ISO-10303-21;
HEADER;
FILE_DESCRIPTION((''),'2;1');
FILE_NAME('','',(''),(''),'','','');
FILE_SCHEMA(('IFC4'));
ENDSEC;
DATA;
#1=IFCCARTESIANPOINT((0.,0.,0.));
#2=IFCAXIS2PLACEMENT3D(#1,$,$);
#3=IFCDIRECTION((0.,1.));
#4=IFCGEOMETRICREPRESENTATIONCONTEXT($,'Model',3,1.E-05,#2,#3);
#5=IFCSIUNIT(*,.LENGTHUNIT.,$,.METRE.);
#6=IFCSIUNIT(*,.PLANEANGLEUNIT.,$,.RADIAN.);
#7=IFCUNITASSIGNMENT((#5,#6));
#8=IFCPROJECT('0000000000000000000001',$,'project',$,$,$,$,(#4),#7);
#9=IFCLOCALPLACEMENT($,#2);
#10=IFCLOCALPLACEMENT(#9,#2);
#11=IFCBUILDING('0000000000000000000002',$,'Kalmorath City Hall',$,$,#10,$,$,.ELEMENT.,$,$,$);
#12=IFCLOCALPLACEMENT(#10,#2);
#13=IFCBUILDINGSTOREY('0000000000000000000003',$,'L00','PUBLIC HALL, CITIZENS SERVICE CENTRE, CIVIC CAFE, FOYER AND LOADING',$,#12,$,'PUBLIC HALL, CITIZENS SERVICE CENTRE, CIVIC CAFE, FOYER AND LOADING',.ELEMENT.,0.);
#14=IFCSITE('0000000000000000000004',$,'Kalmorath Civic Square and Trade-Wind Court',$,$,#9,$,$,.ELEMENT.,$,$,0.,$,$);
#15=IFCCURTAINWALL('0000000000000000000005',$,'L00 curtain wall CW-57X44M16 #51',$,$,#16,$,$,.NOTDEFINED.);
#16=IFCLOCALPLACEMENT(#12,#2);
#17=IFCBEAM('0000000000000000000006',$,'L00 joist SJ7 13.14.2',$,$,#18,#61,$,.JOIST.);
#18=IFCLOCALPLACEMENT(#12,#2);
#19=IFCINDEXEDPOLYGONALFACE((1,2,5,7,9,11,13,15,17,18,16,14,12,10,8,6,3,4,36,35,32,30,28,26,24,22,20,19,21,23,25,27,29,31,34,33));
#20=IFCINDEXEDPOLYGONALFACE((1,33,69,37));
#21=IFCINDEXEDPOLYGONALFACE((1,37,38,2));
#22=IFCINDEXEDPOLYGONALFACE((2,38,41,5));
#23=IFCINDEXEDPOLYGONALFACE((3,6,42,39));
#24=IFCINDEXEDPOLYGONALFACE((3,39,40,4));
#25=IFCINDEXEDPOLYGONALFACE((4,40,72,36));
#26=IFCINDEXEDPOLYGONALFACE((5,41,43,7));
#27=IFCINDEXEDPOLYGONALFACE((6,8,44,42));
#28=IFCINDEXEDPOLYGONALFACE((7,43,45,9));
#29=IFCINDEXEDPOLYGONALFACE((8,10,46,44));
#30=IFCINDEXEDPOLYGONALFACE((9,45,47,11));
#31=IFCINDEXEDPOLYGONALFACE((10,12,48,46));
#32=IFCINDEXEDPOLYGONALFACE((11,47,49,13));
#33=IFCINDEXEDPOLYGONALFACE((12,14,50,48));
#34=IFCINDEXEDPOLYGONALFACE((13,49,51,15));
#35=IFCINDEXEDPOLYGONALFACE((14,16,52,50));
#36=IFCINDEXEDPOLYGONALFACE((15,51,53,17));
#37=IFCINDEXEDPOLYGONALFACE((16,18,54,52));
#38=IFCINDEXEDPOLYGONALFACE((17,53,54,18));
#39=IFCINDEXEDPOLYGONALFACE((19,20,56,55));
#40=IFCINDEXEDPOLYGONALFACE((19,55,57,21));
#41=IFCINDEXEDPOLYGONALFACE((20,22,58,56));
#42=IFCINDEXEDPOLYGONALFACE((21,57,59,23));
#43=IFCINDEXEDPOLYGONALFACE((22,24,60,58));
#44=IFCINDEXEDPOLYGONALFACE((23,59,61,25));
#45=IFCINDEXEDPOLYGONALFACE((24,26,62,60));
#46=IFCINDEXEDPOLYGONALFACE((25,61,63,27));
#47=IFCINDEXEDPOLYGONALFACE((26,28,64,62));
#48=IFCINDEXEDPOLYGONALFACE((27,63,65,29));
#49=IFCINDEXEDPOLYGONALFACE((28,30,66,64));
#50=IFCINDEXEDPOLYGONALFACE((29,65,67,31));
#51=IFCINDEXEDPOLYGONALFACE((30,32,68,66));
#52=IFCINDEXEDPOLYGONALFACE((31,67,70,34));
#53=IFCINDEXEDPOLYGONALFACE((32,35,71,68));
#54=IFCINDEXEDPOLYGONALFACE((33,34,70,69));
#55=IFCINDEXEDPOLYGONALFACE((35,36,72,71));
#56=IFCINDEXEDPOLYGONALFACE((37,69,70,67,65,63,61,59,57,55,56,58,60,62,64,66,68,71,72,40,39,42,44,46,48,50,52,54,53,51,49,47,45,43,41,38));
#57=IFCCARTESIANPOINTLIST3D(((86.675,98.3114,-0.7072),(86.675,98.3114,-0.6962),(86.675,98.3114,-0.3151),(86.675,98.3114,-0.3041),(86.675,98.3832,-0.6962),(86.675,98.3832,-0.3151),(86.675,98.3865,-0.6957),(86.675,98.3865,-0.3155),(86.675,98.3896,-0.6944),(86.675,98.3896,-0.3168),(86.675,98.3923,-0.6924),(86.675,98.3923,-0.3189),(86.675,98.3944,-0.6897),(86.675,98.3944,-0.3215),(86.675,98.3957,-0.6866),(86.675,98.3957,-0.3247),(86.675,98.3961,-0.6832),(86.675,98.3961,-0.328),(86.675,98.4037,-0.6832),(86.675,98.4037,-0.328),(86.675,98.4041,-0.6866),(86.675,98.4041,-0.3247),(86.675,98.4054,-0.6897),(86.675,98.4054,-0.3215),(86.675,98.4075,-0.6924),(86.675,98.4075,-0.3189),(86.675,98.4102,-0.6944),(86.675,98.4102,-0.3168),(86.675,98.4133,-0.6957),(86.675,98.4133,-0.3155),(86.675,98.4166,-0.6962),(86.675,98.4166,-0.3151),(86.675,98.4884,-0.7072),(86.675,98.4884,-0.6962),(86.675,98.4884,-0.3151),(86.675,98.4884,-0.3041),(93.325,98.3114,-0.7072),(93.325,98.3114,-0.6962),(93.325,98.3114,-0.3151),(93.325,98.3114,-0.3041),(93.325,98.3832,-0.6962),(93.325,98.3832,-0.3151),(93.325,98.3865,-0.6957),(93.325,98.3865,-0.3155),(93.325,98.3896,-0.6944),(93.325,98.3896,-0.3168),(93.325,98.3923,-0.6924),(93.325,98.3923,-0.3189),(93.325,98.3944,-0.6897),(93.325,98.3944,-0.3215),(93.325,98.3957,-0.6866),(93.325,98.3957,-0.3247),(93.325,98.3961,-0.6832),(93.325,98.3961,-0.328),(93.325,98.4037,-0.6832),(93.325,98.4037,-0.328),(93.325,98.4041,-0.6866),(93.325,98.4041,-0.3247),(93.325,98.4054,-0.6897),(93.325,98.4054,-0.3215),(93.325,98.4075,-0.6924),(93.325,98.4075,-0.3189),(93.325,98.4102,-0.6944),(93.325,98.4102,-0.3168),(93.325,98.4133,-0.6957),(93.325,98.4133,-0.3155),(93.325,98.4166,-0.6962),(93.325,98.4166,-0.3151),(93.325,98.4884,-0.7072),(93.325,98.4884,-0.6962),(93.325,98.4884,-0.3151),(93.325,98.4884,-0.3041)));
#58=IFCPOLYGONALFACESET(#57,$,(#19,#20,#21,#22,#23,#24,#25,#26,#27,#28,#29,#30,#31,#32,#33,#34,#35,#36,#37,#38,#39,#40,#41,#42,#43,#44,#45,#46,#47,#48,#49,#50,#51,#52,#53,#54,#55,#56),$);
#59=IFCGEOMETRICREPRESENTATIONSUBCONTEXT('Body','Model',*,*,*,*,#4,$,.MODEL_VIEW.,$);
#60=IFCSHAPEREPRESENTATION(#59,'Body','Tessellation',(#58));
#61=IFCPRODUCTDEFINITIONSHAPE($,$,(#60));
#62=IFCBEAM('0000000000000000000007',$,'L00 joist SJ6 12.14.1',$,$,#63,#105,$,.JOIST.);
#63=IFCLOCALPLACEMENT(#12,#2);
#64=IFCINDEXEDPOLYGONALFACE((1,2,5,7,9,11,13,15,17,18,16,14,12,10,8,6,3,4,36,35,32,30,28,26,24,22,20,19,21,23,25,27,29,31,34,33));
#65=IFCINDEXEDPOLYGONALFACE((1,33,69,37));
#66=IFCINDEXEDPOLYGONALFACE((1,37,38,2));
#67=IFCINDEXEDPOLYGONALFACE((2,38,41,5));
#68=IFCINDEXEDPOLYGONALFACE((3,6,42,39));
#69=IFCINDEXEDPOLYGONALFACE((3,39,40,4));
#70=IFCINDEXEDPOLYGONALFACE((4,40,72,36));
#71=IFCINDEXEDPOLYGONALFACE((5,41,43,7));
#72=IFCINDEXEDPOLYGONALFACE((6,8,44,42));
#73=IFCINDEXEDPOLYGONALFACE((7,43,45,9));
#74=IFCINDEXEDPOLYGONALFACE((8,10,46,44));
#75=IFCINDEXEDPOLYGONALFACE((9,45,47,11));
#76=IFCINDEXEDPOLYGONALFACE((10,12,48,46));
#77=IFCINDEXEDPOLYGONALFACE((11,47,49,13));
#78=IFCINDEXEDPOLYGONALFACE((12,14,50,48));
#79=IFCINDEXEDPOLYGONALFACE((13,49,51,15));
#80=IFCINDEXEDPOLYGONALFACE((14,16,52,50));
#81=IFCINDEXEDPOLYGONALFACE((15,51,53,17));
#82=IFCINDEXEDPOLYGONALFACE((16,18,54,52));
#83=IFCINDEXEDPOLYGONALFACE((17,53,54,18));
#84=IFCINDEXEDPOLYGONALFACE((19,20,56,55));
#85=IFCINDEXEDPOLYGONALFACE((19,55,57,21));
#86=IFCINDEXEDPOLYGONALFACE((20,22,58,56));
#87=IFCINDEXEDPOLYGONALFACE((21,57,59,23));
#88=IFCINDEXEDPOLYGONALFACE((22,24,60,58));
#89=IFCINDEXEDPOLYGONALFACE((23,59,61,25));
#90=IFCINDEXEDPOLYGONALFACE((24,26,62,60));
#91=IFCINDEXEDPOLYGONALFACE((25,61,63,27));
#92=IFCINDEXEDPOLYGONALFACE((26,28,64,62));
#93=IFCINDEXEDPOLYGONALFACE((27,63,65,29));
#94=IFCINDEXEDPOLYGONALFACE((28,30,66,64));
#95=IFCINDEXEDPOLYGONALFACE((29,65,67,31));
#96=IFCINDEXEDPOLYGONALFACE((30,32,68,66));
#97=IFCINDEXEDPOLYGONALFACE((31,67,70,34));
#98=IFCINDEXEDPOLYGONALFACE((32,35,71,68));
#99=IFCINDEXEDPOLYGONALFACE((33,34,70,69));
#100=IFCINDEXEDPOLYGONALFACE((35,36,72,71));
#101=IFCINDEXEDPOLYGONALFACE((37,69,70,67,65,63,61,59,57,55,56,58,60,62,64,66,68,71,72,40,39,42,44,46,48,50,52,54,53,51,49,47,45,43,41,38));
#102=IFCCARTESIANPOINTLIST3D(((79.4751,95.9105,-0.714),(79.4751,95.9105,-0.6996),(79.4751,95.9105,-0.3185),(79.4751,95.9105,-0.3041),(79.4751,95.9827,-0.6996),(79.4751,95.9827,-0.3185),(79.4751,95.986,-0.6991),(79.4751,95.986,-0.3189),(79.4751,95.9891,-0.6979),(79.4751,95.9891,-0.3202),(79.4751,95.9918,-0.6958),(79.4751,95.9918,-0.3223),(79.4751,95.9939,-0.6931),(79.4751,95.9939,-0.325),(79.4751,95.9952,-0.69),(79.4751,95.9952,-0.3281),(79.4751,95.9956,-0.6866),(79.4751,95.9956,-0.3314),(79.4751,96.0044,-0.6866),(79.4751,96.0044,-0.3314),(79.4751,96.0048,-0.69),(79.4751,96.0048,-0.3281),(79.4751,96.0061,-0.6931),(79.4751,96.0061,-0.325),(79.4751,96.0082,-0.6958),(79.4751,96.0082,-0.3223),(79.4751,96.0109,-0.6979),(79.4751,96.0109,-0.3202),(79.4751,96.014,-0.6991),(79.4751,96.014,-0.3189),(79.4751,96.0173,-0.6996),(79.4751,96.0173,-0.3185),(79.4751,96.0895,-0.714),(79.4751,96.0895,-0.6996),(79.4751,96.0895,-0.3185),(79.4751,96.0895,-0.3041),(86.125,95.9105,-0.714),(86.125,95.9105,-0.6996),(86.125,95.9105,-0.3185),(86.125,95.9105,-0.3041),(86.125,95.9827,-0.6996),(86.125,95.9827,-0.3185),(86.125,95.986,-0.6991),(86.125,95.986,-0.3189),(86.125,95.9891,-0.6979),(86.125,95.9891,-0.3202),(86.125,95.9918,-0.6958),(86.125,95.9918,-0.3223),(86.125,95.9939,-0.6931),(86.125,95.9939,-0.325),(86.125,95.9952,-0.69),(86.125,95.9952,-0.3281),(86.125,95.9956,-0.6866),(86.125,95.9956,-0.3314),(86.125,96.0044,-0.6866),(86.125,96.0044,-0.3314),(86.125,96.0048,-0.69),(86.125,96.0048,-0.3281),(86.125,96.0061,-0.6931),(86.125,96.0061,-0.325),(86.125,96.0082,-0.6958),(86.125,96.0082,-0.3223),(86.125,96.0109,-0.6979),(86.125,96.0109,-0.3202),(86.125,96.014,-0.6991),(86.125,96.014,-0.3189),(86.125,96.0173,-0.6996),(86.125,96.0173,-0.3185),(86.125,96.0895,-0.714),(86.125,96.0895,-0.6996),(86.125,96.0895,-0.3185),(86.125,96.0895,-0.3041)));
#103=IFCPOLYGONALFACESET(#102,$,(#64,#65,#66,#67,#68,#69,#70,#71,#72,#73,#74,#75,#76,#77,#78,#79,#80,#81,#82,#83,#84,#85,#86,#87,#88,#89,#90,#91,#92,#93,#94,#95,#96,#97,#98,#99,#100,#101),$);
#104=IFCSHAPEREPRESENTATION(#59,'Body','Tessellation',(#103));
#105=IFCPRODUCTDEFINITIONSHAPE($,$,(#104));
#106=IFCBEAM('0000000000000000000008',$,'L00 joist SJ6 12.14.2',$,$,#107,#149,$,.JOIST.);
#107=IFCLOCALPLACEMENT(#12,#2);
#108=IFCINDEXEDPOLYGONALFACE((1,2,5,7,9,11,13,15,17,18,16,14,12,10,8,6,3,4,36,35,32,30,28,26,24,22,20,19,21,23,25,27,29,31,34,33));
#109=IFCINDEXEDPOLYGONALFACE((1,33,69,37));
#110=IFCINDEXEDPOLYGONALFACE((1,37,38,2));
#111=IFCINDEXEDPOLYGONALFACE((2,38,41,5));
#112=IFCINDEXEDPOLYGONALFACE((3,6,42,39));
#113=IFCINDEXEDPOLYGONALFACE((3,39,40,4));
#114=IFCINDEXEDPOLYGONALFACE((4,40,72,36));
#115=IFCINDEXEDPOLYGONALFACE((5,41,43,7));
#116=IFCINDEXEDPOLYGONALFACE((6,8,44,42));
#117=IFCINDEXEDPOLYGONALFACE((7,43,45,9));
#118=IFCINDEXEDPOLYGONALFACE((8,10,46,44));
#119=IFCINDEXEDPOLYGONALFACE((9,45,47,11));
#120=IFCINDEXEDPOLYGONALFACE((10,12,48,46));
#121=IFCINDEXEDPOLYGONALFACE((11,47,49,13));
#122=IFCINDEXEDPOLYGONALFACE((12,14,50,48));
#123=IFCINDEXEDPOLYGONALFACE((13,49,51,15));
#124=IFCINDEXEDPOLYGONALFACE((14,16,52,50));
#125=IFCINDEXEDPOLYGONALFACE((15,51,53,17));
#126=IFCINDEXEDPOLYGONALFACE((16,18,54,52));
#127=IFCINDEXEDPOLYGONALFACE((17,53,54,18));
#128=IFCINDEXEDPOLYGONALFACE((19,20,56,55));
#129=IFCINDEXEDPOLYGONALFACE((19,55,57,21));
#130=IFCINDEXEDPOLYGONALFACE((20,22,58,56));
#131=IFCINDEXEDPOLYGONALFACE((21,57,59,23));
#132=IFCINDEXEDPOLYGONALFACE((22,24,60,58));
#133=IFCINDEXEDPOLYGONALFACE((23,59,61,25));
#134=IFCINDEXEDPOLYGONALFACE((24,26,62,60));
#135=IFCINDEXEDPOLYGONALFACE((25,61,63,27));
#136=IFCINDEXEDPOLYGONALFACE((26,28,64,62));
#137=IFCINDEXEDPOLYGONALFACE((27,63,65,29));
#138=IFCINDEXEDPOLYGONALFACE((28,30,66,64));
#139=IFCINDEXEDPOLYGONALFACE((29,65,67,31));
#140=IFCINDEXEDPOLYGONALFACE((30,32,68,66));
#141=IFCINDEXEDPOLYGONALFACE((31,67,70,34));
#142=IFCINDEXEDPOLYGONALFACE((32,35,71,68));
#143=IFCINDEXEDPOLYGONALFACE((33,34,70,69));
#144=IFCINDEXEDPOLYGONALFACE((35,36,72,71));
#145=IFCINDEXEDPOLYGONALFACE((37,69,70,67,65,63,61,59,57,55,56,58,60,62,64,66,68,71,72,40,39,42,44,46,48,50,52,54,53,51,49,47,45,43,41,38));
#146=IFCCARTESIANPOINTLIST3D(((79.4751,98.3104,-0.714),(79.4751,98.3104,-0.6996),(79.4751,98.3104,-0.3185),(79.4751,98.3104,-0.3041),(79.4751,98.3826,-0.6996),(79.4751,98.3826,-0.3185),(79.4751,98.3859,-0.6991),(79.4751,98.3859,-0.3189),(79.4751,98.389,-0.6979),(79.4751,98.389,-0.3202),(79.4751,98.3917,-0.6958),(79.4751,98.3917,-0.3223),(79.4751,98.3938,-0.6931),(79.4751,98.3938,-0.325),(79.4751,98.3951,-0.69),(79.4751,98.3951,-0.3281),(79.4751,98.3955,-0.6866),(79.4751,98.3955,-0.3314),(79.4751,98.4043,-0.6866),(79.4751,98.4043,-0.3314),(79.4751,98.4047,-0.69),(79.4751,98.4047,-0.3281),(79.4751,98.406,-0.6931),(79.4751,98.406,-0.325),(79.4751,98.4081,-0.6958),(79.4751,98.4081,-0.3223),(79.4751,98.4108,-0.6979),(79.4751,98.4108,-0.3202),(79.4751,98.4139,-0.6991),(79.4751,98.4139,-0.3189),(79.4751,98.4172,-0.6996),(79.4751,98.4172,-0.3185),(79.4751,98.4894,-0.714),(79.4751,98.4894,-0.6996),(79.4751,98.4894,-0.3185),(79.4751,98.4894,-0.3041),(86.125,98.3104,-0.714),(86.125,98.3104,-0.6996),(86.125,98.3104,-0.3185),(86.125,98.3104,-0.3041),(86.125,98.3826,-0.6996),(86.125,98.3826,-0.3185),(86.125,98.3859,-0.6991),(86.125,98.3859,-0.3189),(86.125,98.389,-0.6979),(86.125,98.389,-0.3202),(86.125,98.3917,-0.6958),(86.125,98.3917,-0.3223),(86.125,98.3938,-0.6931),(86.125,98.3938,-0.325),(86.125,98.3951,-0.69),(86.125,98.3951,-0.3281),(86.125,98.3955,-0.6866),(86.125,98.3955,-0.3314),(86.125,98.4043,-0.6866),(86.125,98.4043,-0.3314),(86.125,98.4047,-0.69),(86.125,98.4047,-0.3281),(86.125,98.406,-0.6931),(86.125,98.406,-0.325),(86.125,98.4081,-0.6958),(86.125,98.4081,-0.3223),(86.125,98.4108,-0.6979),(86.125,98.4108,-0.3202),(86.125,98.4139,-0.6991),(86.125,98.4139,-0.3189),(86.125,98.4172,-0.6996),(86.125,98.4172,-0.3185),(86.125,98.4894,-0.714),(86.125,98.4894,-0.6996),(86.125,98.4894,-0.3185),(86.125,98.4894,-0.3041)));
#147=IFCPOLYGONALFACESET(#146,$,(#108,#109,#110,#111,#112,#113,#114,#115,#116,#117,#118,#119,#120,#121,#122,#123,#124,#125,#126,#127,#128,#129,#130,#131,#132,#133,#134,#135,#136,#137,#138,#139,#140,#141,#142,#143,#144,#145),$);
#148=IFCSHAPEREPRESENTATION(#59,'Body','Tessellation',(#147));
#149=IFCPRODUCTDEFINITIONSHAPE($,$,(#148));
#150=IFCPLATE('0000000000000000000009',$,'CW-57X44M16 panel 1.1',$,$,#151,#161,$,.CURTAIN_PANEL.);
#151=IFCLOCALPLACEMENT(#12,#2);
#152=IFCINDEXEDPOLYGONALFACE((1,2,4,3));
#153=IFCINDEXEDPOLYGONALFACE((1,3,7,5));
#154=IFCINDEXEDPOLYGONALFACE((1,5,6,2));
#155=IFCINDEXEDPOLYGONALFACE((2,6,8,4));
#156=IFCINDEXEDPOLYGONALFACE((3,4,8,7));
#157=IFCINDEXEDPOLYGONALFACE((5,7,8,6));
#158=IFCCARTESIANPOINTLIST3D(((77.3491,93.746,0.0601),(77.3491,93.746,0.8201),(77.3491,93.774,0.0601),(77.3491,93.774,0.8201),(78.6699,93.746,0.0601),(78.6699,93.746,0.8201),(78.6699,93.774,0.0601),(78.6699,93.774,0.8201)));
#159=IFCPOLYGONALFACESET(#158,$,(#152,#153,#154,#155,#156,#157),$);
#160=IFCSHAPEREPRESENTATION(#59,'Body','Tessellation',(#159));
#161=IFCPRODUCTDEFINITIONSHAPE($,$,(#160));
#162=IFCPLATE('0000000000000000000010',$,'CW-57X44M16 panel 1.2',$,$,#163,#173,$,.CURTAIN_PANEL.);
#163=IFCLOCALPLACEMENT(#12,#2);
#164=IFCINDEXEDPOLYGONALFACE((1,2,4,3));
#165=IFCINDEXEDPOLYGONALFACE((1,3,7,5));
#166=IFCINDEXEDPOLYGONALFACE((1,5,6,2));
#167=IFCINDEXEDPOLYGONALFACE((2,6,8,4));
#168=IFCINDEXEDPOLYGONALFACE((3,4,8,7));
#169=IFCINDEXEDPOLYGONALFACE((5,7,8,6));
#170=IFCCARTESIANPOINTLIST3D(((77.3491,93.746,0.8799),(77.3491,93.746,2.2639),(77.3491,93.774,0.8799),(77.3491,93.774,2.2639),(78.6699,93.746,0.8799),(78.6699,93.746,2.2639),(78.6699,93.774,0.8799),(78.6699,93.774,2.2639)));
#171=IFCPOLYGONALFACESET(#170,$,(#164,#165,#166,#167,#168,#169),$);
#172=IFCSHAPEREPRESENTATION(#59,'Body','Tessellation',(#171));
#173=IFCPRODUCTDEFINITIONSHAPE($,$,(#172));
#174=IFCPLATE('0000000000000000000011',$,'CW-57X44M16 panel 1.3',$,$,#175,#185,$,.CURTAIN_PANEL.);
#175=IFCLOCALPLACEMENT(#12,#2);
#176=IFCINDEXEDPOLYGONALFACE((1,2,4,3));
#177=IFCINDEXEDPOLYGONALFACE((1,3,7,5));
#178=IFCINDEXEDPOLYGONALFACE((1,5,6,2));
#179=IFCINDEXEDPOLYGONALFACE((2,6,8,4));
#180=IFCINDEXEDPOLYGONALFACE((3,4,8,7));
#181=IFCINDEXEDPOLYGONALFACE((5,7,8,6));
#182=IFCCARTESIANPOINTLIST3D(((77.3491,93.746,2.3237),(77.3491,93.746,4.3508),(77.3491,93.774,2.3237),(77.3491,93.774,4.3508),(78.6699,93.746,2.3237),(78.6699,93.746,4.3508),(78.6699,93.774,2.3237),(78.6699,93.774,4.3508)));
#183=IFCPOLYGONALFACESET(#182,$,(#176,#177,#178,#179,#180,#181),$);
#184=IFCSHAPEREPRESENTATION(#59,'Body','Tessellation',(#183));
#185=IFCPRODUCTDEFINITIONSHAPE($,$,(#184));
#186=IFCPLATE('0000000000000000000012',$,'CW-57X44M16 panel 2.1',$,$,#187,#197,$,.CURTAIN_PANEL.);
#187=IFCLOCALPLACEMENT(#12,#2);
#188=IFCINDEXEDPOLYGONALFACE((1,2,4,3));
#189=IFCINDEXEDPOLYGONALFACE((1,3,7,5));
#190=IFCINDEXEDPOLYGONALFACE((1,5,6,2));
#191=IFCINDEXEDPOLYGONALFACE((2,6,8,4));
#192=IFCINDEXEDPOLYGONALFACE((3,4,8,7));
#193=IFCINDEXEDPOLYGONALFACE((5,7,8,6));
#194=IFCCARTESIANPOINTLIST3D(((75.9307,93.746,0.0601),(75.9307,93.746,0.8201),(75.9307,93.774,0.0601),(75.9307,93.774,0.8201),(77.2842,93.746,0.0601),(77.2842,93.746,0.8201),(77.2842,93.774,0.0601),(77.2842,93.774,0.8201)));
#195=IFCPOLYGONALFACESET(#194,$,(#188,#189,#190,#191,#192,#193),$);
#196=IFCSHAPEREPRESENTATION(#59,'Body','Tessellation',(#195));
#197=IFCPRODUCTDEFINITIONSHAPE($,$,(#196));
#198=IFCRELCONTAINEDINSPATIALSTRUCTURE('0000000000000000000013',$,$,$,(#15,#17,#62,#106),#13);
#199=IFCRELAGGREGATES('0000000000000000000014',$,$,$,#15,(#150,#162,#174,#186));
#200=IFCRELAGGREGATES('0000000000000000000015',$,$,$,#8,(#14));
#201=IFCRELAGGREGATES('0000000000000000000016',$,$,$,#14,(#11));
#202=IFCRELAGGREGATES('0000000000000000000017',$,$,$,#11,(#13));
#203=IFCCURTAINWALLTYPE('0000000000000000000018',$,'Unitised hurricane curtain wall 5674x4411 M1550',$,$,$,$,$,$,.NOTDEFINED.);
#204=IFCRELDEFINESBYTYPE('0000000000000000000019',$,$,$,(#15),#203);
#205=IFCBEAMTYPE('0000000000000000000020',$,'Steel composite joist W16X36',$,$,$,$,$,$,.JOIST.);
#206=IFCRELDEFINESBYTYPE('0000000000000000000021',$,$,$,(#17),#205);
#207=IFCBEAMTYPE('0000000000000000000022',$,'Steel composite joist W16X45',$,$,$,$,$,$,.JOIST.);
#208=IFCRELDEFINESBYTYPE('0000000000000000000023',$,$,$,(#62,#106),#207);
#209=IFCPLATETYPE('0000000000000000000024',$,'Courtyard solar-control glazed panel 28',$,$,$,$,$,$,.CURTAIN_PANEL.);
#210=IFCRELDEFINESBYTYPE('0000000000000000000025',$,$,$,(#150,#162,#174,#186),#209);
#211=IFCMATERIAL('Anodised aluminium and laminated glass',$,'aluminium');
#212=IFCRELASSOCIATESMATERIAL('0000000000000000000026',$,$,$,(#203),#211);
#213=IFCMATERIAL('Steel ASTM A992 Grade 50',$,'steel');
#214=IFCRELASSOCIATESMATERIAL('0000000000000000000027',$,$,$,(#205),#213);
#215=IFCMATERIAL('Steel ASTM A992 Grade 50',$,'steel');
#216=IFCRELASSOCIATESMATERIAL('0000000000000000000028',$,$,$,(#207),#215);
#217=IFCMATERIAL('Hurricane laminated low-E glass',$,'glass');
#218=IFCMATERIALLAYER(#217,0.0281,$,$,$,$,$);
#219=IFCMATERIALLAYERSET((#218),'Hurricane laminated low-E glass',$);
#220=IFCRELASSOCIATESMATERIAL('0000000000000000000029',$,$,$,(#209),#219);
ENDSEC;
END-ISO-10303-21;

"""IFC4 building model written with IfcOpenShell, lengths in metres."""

from ifc_helpers import new_model, si_unit, direction, frame, origin, origin_2d, place, context, subcontext, project, spatial, rectangle, i_section, extrude, material, layer, layer_set, material_profile, profile_set, type_object, element, aggregate, save


model = new_model("IFC4")

# Units and contexts
model_context = context("Model", 3, precision=1e-05, world=origin(), true_north=direction((0.0, 1.0)))
body_context = subcontext(model_context, "Body", "Model", "MODEL_VIEW")
ifc_project = project(units=[si_unit("LENGTHUNIT", "METRE"), si_unit("PLANEANGLEUNIT", "RADIAN")], contexts=[model_context])

# Site, building, storey
site_placement = place(None, origin())
site = spatial("IfcSite", under=ifc_project, at=site_placement, Name="Kalmorath Civic Square and Trade-Wind Court", CompositionType="ELEMENT", RefElevation=0.0)
building_placement = place(site_placement, origin())
building = spatial("IfcBuilding", under=site, at=building_placement, Name="Kalmorath City Hall", CompositionType="ELEMENT")
storey_placement = place(building_placement, origin())
storey = spatial("IfcBuildingStorey", under=building, at=storey_placement, Name="L00", Description="PUBLIC HALL, CITIZENS SERVICE CENTRE, CIVIC CAFE, FOYER AND LOADING", LongName="PUBLIC HALL, CITIZENS SERVICE CENTRE, CIVIC CAFE, FOYER AND LOADING", CompositionType="ELEMENT", Elevation=0.0)

# Curtain wall
ifc_material_1 = material(Name="Anodised aluminium and laminated glass", Category="aluminium")
curtain_wall_type = type_object("IfcCurtainWallType", Name="Unitised hurricane curtain wall 5674x4411 M1550", PredefinedType="NOTDEFINED", material=ifc_material_1)
curtain_wall_placement = place(storey_placement, origin())
curtain_wall = element("IfcCurtainWall", 1, at=curtain_wall_placement, inside=storey, type_object=curtain_wall_type, Name="L00 curtain wall CW-57X44M16 #51", PredefinedType="NOTDEFINED")

# Beams
ifc_material_2 = material(Name="Steel ASTM A992 Grade 50", Category="steel")
ifc_material_profile_1 = material_profile(ifc_material_2, i_section(OverallWidth=0.177, OverallDepth=0.4031, WebThickness=0.0076, FlangeThickness=0.011, FilletRadius=0.0129, at=origin_2d()), Name="W16X36")
ifc_profile_set_1 = profile_set([ifc_material_profile_1], Name="Steel ASTM A992 Grade 50")
beam_type_1 = type_object("IfcBeamType", Name="Steel composite joist W16X36", PredefinedType="JOIST", material=ifc_profile_set_1)
for number, where, z_axis, x_axis, name in (
    (2, (86.675, 98.3999, -0.5056), (1.0, 0.0, 0.0), (0.0, 1.0, 0.0), "L00 joist SJ7 13.14.2"),
):
    element("IfcBeam", number, at=place(storey_placement, frame(where, z_axis=z_axis, x_axis=x_axis)), inside=storey, type_object=beam_type_1, Name=name, PredefinedType="JOIST", context=body_context, shape_type="SweptSolid", body=[
        extrude(i_section(OverallWidth=0.177, OverallDepth=0.4031, WebThickness=0.0076, FlangeThickness=0.011, FilletRadius=0.0129, at=origin_2d()), origin(), (0.0, 0.0, 1.0), 6.6499),
    ])
ifc_material_3 = material(Name="Steel ASTM A992 Grade 50", Category="steel")
ifc_material_profile_2 = material_profile(ifc_material_3, i_section(OverallWidth=0.179, OverallDepth=0.4099, WebThickness=0.0088, FlangeThickness=0.0144, FilletRadius=0.0129, at=origin_2d()), Name="W16X45")
ifc_profile_set_2 = profile_set([ifc_material_profile_2], Name="Steel ASTM A992 Grade 50")
beam_type_2 = type_object("IfcBeamType", Name="Steel composite joist W16X45", PredefinedType="JOIST", material=ifc_profile_set_2)
for number, where, z_axis, x_axis, name in (
    (3, (79.4751, 96.0, -0.509), (1.0, 0.0, 0.0), (0.0, 1.0, 0.0), "L00 joist SJ6 12.14.1"),
    (4, (79.4751, 98.3999, -0.509), (1.0, 0.0, 0.0), (0.0, 1.0, 0.0), "L00 joist SJ6 12.14.2"),
):
    element("IfcBeam", number, at=place(storey_placement, frame(where, z_axis=z_axis, x_axis=x_axis)), inside=storey, type_object=beam_type_2, Name=name, PredefinedType="JOIST", context=body_context, shape_type="SweptSolid", body=[
        extrude(i_section(OverallWidth=0.179, OverallDepth=0.4099, WebThickness=0.0088, FlangeThickness=0.0144, FilletRadius=0.0129, at=origin_2d()), origin(), (0.0, 0.0, 1.0), 6.6499),
    ])

# Plates
ifc_material_4 = material(Name="Hurricane laminated low-E glass", Category="glass")
ifc_layer_1 = layer(ifc_material_4, 0.0281)
ifc_layer_set_1 = layer_set([ifc_layer_1], Name="Hurricane laminated low-E glass")
plate_type = type_object("IfcPlateType", Name="Courtyard solar-control glazed panel 28", PredefinedType="CURTAIN_PANEL", material=ifc_layer_set_1)
plate_1_placement = place(storey_placement, frame((78.0095, 93.76, 0.0601), z_axis=(0.0, 0.0, 1.0), x_axis=(-1.0, 0.0, 0.0)))
plate_1 = element("IfcPlate", 5, at=plate_1_placement, type_object=plate_type, Name="CW-57X44M16 panel 1.1", PredefinedType="CURTAIN_PANEL", context=body_context, shape_type="SweptSolid", body=[
    extrude(rectangle(XDim=1.3208, YDim=0.0281, at=origin_2d()), origin(), (0.0, 0.0, 1.0), 0.76),
])
plate_2_placement = place(storey_placement, frame((78.0095, 93.76, 0.8799), z_axis=(0.0, 0.0, 1.0), x_axis=(-1.0, 0.0, 0.0)))
plate_2 = element("IfcPlate", 6, at=plate_2_placement, type_object=plate_type, Name="CW-57X44M16 panel 1.2", PredefinedType="CURTAIN_PANEL", context=body_context, shape_type="SweptSolid", body=[
    extrude(rectangle(XDim=1.3208, YDim=0.0281, at=origin_2d()), origin(), (0.0, 0.0, 1.0), 1.384),
])
plate_3_placement = place(storey_placement, frame((78.0095, 93.76, 2.3237), z_axis=(0.0, 0.0, 1.0), x_axis=(-1.0, 0.0, 0.0)))
plate_3 = element("IfcPlate", 7, at=plate_3_placement, type_object=plate_type, Name="CW-57X44M16 panel 1.3", PredefinedType="CURTAIN_PANEL", context=body_context, shape_type="SweptSolid", body=[
    extrude(rectangle(XDim=1.3208, YDim=0.0281, at=origin_2d()), origin(), (0.0, 0.0, 1.0), 2.0271),
])
plate_4_placement = place(storey_placement, frame((76.6074, 93.76, 0.0601), z_axis=(0.0, 0.0, 1.0), x_axis=(-1.0, 0.0, 0.0)))
plate_4 = element("IfcPlate", 8, at=plate_4_placement, type_object=plate_type, Name="CW-57X44M16 panel 2.1", PredefinedType="CURTAIN_PANEL", context=body_context, shape_type="SweptSolid", body=[
    extrude(rectangle(XDim=1.3535, YDim=0.0281, at=origin_2d()), origin(), (0.0, 0.0, 1.0), 0.76),
])
aggregate(curtain_wall, [plate_1, plate_2, plate_3, plate_4])

save(model, "model.ifc")
